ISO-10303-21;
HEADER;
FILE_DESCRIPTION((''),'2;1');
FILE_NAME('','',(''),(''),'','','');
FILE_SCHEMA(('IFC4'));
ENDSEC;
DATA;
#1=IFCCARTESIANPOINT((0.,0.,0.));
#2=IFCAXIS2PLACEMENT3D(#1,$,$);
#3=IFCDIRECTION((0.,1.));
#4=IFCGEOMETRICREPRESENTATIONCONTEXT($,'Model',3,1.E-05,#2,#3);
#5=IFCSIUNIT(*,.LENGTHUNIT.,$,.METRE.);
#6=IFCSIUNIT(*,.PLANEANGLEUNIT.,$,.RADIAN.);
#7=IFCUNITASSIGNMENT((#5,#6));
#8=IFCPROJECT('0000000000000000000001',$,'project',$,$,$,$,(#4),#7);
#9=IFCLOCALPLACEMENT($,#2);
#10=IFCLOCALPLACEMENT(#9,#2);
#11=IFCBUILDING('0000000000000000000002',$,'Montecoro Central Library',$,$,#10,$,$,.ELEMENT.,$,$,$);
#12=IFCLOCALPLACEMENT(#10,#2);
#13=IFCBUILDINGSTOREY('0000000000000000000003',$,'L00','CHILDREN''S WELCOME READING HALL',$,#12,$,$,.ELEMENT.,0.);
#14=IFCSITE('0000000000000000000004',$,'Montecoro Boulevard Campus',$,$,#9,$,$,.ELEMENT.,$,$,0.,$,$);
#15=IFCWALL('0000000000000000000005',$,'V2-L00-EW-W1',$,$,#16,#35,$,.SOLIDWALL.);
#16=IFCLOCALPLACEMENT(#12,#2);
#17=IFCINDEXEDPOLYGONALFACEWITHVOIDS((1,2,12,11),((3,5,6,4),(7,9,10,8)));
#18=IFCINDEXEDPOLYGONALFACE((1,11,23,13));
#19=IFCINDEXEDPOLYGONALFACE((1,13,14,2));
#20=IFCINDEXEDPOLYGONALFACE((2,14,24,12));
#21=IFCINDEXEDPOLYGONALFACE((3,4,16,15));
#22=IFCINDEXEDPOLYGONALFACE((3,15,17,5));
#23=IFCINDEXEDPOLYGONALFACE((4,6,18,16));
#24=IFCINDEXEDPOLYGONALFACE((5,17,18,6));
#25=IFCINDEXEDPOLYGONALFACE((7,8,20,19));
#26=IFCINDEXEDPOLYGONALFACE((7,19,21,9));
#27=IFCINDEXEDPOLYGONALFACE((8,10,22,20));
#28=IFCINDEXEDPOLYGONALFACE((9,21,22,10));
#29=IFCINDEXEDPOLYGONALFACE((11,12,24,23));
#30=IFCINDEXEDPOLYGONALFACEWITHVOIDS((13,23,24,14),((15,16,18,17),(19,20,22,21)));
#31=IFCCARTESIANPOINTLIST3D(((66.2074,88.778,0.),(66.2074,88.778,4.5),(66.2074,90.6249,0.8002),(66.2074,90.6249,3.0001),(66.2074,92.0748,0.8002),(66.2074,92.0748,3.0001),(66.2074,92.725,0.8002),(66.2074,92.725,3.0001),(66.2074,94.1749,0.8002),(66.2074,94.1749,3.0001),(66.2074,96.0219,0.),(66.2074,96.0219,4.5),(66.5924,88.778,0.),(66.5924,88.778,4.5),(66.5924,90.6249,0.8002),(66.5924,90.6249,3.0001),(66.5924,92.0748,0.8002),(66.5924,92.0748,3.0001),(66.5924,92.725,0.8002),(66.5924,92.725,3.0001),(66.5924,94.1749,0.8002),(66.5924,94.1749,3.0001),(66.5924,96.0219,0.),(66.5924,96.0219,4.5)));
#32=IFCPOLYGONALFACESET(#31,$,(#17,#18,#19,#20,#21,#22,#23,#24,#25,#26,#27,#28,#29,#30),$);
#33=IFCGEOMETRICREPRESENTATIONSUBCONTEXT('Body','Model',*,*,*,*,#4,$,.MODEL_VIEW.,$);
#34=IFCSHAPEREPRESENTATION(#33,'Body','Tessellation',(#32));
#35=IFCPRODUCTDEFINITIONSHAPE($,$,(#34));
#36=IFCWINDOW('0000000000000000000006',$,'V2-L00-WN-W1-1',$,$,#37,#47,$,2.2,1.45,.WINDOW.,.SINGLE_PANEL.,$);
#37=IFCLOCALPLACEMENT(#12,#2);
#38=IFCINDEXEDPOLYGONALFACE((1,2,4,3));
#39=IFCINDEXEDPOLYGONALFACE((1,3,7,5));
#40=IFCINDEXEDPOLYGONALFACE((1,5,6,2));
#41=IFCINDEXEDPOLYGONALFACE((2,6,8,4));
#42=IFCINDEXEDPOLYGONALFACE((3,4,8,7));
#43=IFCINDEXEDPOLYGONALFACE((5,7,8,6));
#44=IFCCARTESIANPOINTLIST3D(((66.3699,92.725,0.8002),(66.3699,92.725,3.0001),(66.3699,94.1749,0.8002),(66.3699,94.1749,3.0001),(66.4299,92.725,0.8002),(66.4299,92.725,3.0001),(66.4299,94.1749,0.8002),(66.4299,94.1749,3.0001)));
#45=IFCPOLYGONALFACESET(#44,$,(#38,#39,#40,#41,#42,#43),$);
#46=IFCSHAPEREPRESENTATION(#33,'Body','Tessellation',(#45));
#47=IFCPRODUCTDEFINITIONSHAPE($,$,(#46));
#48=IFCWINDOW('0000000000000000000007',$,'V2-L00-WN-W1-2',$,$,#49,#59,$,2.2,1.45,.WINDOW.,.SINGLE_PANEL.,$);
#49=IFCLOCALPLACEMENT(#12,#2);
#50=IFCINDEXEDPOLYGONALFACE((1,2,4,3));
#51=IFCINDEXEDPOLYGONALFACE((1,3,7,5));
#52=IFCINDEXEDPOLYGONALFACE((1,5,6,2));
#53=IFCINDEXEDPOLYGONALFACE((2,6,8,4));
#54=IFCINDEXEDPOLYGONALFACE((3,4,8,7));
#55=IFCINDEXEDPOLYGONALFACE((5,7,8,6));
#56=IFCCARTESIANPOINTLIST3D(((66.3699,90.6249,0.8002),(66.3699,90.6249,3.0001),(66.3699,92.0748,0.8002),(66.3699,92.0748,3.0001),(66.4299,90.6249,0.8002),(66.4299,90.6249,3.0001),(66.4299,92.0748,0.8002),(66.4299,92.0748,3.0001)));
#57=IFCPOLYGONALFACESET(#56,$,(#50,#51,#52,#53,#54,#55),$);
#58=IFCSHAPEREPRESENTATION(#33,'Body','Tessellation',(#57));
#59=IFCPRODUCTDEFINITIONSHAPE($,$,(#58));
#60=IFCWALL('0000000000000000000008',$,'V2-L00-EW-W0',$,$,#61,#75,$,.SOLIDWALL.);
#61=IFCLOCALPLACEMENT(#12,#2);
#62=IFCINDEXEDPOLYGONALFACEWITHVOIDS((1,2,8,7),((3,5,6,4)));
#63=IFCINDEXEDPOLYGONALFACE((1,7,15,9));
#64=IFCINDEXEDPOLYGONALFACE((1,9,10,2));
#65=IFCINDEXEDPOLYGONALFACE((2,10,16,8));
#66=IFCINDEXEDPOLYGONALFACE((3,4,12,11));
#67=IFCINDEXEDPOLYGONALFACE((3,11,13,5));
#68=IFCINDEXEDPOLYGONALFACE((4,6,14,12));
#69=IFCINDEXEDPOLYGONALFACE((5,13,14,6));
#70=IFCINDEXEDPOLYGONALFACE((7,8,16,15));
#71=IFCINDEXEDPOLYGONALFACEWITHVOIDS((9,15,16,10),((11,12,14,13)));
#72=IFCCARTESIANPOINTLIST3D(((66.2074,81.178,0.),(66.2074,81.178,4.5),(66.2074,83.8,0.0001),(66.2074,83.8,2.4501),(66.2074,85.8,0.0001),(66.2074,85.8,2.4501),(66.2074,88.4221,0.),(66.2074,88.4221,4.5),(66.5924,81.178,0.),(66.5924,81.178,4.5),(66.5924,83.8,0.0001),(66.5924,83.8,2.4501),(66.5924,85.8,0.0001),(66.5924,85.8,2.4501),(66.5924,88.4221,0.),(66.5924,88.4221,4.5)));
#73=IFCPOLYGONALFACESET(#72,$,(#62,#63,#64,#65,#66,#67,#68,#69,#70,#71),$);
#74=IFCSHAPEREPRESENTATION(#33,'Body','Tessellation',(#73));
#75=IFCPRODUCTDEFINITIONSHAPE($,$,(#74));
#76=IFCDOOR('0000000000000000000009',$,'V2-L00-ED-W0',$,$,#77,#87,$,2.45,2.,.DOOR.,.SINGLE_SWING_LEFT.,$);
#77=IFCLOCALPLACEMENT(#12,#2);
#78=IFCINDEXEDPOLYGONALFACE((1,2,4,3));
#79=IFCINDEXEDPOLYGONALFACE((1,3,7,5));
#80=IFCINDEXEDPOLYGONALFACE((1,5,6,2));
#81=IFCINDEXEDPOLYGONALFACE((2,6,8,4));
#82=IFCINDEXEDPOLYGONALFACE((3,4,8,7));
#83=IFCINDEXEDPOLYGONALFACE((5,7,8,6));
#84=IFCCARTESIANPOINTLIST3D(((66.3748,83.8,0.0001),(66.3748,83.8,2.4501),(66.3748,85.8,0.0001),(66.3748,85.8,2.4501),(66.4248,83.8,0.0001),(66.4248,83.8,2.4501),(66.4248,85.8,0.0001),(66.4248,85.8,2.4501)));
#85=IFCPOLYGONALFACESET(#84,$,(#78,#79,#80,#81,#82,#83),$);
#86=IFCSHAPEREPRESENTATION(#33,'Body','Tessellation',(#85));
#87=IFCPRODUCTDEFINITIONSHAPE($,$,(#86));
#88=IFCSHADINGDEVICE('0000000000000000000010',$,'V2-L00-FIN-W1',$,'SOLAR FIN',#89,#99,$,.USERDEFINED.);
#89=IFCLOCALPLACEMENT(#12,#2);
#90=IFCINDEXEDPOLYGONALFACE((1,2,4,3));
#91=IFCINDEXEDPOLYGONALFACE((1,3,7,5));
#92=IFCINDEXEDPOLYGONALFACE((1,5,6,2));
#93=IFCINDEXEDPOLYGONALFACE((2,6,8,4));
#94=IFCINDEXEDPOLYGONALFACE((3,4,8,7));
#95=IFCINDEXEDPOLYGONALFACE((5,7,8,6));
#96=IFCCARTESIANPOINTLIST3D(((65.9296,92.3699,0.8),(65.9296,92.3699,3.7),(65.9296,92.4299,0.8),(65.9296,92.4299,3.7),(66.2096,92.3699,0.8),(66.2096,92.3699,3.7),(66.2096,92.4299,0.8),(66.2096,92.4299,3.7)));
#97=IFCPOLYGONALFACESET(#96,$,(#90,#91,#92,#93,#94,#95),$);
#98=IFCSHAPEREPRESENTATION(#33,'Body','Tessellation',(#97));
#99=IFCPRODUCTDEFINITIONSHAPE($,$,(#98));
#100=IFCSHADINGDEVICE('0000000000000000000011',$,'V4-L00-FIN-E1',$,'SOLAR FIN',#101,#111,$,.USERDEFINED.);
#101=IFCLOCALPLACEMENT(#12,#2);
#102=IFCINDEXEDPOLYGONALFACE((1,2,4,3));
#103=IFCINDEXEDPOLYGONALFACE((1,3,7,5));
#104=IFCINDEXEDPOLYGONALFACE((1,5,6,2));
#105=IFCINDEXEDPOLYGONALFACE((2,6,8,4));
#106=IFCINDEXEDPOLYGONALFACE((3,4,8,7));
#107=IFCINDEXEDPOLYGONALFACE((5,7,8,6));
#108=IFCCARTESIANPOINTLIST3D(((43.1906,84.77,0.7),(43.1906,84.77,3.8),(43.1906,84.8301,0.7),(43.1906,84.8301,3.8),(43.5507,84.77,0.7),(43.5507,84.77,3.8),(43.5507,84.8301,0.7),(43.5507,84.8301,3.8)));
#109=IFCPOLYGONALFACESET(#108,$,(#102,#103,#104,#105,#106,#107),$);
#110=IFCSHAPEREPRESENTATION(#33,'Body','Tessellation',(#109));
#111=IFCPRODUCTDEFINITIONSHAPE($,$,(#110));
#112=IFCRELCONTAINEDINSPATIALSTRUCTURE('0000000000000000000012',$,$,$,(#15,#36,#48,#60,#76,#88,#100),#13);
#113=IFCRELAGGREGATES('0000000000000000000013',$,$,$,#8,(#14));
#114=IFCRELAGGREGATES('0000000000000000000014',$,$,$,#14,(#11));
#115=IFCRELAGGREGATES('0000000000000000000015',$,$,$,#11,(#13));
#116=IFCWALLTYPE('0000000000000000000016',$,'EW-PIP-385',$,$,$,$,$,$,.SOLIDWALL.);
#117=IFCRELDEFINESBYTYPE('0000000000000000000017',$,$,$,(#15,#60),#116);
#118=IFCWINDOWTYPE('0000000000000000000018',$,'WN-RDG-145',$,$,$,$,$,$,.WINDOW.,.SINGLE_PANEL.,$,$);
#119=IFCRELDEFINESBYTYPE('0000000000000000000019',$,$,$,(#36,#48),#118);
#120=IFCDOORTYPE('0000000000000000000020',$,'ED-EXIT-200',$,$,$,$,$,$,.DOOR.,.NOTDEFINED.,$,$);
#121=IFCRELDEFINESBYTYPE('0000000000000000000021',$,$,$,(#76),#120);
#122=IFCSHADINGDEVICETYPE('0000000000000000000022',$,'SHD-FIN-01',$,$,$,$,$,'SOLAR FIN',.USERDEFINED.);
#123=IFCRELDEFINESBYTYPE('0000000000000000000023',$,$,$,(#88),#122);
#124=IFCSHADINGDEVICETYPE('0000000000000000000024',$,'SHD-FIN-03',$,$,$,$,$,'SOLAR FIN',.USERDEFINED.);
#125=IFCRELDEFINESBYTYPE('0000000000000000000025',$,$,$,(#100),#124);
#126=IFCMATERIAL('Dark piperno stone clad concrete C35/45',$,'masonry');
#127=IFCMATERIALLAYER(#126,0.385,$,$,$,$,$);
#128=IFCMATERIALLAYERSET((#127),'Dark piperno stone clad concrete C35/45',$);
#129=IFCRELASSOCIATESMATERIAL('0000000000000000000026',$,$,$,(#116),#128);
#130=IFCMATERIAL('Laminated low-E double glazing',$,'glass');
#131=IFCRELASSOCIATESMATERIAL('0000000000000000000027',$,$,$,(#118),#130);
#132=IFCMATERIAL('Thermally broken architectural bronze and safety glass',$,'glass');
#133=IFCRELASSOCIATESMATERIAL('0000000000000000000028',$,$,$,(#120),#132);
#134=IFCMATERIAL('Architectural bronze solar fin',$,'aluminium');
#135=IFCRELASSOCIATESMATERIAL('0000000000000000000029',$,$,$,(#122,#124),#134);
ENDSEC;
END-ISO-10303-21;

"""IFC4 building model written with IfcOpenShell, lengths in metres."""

from ifc_helpers import new_model, si_unit, direction, frame, frame_2d, origin, origin_2d, place, context, subcontext, project, spatial, rectangle, extrude, material, layer, layer_set, type_object, element, fill, save


model = new_model("IFC4")

# Units and contexts
model_context = context("Model", 3, precision=1e-05, world=origin(), true_north=direction((0.0, 1.0)))
body_context = subcontext(model_context, "Body", "Model", "MODEL_VIEW")
ifc_project = project(units=[si_unit("LENGTHUNIT", "METRE"), si_unit("PLANEANGLEUNIT", "RADIAN")], contexts=[model_context])

# Site, building, storey
site_placement = place(None, origin())
site = spatial("IfcSite", under=ifc_project, at=site_placement, Name="Montecoro Boulevard Campus", CompositionType="ELEMENT", RefElevation=0.0)
building_placement = place(site_placement, origin())
building = spatial("IfcBuilding", under=site, at=building_placement, Name="Montecoro Central Library", CompositionType="ELEMENT")
storey_placement = place(building_placement, origin())
storey = spatial("IfcBuildingStorey", under=building, at=storey_placement, Name="L00", Description="CHILDREN'S WELCOME READING HALL", CompositionType="ELEMENT", Elevation=0.0)

# Shared definitions
ifc_material_1 = material(Name="Dark piperno stone clad concrete C35/45", Category="masonry")
ifc_layer_1 = layer(ifc_material_1, 0.385)
ifc_layer_set_1 = layer_set([ifc_layer_1], Name="Dark piperno stone clad concrete C35/45")
wall_type = type_object("IfcWallType", Name="EW-PIP-385", PredefinedType="SOLIDWALL", material=ifc_layer_set_1)
ifc_material_2 = material(Name="Thermally broken architectural bronze and safety glass", Category="glass")

# Wall, openings, windows
wall_1_placement = place(storey_placement, frame((66.3999, 96.022, 0.0), z_axis=(0.0, 0.0, 1.0), x_axis=(0.0, -1.0, 0.0)))
wall_1 = element("IfcWall", 1, at=wall_1_placement, inside=storey, type_object=wall_type, Name="V2-L00-EW-W1", PredefinedType="SOLIDWALL", context=body_context, shape_type="SweptSolid", body=[
    extrude(rectangle(XDim=7.2439, YDim=0.385, at=frame_2d((3.6221, 0.0))), origin(), (0.0, 0.0, 1.0), 4.5),
])
opening_1_placement = place(wall_1_placement, frame((1.8469, 0.0, 0.8)))
opening_1 = element("IfcOpeningElement", 2, at=opening_1_placement, cuts=wall_1, PredefinedType="OPENING", context=body_context, shape_type="SweptSolid", body=[
    extrude(rectangle(XDim=1.45, YDim=2.2, at=frame_2d((0.7251, 1.1001))), frame((0.0, 0.2024, 0.0), z_axis=(0.0, -1.0, 0.0), x_axis=(1.0, 0.0, 0.0)), (0.0, 0.0, 1.0), 0.405),
])
opening_2_placement = place(wall_1_placement, frame((3.947, 0.0, 0.8)))
opening_2 = element("IfcOpeningElement", 3, at=opening_2_placement, cuts=wall_1, PredefinedType="OPENING", context=body_context, shape_type="SweptSolid", body=[
    extrude(rectangle(XDim=1.45, YDim=2.2, at=frame_2d((0.7251, 1.1001))), frame((0.0, 0.2024, 0.0), z_axis=(0.0, -1.0, 0.0), x_axis=(1.0, 0.0, 0.0)), (0.0, 0.0, 1.0), 0.405),
])
ifc_material_3 = material(Name="Laminated low-E double glazing", Category="glass")
window_type = type_object("IfcWindowType", Name="WN-RDG-145", PartitioningType="SINGLE_PANEL", PredefinedType="WINDOW", material=ifc_material_3)
window_1_placement = place(opening_1_placement, origin())
window_1 = element("IfcWindow", 4, at=window_1_placement, inside=storey, type_object=window_type, Name="V2-L00-WN-W1-1", OverallHeight=2.2, OverallWidth=1.45, PartitioningType="SINGLE_PANEL", PredefinedType="WINDOW", context=body_context, shape_type="SweptSolid", body=[
    extrude(rectangle(XDim=1.45, YDim=2.2, at=frame_2d((0.7251, 1.1001))), frame((0.0, 0.03, 0.0), z_axis=(0.0, -1.0, 0.0), x_axis=(1.0, 0.0, 0.0)), (0.0, 0.0, 1.0), 0.0601),
])
fill(opening_1, window_1)
window_2_placement = place(opening_2_placement, origin())
window_2 = element("IfcWindow", 5, at=window_2_placement, inside=storey, type_object=window_type, Name="V2-L00-WN-W1-2", OverallHeight=2.2, OverallWidth=1.45, PartitioningType="SINGLE_PANEL", PredefinedType="WINDOW", context=body_context, shape_type="SweptSolid", body=[
    extrude(rectangle(XDim=1.45, YDim=2.2, at=frame_2d((0.7251, 1.1001))), frame((0.0, 0.03, 0.0), z_axis=(0.0, -1.0, 0.0), x_axis=(1.0, 0.0, 0.0)), (0.0, 0.0, 1.0), 0.0601),
])
fill(opening_2, window_2)

# Wall, opening, door
wall_2_placement = place(storey_placement, frame((66.3999, 88.4221, 0.0), z_axis=(0.0, 0.0, 1.0), x_axis=(0.0, -1.0, 0.0)))
wall_2 = element("IfcWall", 6, at=wall_2_placement, inside=storey, type_object=wall_type, Name="V2-L00-EW-W0", PredefinedType="SOLIDWALL", context=body_context, shape_type="SweptSolid", body=[
    extrude(rectangle(XDim=7.2441, YDim=0.385, at=frame_2d((3.6221, 0.0))), origin(), (0.0, 0.0, 1.0), 4.5),
])
opening_3_placement = place(wall_2_placement, frame((2.6221, 0.0, 0.0)))
opening_3 = element("IfcOpeningElement", 7, at=opening_3_placement, cuts=wall_2, PredefinedType="OPENING", context=body_context, shape_type="SweptSolid", body=[
    extrude(rectangle(XDim=2.0, YDim=2.45, at=frame_2d((1.0, 1.2251))), frame((0.0, 0.2024, 0.0), z_axis=(0.0, -1.0, 0.0), x_axis=(1.0, 0.0, 0.0)), (0.0, 0.0, 1.0), 0.405),
])
door_type_1 = type_object("IfcDoorType", Name="ED-EXIT-200", OperationType="NOTDEFINED", PredefinedType="DOOR", material=ifc_material_2)
door_1_placement = place(opening_3_placement, origin())
door_1 = element("IfcDoor", 8, at=door_1_placement, inside=storey, type_object=door_type_1, Name="V2-L00-ED-W0", OperationType="SINGLE_SWING_LEFT", OverallHeight=2.45, OverallWidth=2.0, PredefinedType="DOOR", context=body_context, shape_type="SweptSolid", body=[
    extrude(rectangle(XDim=2.0, YDim=2.45, at=frame_2d((1.0, 1.2251))), frame((0.0, 0.0249, 0.0), z_axis=(0.0, -1.0, 0.0), x_axis=(1.0, 0.0, 0.0)), (0.0, 0.0, 1.0), 0.05),
])
fill(opening_3, door_1)

# Shading devices
ifc_material_4 = material(Name="Architectural bronze solar fin", Category="aluminium")
shading_device_type_1 = type_object("IfcShadingDeviceType", Name="SHD-FIN-01", ElementType="SOLAR FIN", PredefinedType="USERDEFINED", material=ifc_material_4)
shading_device_1_placement = place(storey_placement, frame((66.0696, 92.3999, 0.8), z_axis=(0.0, 0.0, 1.0), x_axis=(0.0, -1.0, 0.0)))
element("IfcShadingDevice", 9, at=shading_device_1_placement, inside=storey, type_object=shading_device_type_1, Name="V2-L00-FIN-W1", ObjectType="SOLAR FIN", PredefinedType="USERDEFINED", context=body_context, shape_type="SweptSolid", body=[
    extrude(rectangle(XDim=0.0601, YDim=0.28, at=origin_2d()), origin(), (0.0, 0.0, 1.0), 2.8999),
])
shading_device_type_2 = type_object("IfcShadingDeviceType", Name="SHD-FIN-03", ElementType="SOLAR FIN", PredefinedType="USERDEFINED", material=ifc_material_4)
shading_device_2_placement = place(storey_placement, frame((43.3706, 84.8, 0.7), z_axis=(0.0, 0.0, 1.0), x_axis=(0.0, 1.0, 0.0)))
element("IfcShadingDevice", 10, at=shading_device_2_placement, inside=storey, type_object=shading_device_type_2, Name="V4-L00-FIN-E1", ObjectType="SOLAR FIN", PredefinedType="USERDEFINED", context=body_context, shape_type="SweptSolid", body=[
    extrude(rectangle(XDim=0.0601, YDim=0.3601, at=origin_2d()), origin(), (0.0, 0.0, 1.0), 3.1001),
])

save(model, "model.ifc")
